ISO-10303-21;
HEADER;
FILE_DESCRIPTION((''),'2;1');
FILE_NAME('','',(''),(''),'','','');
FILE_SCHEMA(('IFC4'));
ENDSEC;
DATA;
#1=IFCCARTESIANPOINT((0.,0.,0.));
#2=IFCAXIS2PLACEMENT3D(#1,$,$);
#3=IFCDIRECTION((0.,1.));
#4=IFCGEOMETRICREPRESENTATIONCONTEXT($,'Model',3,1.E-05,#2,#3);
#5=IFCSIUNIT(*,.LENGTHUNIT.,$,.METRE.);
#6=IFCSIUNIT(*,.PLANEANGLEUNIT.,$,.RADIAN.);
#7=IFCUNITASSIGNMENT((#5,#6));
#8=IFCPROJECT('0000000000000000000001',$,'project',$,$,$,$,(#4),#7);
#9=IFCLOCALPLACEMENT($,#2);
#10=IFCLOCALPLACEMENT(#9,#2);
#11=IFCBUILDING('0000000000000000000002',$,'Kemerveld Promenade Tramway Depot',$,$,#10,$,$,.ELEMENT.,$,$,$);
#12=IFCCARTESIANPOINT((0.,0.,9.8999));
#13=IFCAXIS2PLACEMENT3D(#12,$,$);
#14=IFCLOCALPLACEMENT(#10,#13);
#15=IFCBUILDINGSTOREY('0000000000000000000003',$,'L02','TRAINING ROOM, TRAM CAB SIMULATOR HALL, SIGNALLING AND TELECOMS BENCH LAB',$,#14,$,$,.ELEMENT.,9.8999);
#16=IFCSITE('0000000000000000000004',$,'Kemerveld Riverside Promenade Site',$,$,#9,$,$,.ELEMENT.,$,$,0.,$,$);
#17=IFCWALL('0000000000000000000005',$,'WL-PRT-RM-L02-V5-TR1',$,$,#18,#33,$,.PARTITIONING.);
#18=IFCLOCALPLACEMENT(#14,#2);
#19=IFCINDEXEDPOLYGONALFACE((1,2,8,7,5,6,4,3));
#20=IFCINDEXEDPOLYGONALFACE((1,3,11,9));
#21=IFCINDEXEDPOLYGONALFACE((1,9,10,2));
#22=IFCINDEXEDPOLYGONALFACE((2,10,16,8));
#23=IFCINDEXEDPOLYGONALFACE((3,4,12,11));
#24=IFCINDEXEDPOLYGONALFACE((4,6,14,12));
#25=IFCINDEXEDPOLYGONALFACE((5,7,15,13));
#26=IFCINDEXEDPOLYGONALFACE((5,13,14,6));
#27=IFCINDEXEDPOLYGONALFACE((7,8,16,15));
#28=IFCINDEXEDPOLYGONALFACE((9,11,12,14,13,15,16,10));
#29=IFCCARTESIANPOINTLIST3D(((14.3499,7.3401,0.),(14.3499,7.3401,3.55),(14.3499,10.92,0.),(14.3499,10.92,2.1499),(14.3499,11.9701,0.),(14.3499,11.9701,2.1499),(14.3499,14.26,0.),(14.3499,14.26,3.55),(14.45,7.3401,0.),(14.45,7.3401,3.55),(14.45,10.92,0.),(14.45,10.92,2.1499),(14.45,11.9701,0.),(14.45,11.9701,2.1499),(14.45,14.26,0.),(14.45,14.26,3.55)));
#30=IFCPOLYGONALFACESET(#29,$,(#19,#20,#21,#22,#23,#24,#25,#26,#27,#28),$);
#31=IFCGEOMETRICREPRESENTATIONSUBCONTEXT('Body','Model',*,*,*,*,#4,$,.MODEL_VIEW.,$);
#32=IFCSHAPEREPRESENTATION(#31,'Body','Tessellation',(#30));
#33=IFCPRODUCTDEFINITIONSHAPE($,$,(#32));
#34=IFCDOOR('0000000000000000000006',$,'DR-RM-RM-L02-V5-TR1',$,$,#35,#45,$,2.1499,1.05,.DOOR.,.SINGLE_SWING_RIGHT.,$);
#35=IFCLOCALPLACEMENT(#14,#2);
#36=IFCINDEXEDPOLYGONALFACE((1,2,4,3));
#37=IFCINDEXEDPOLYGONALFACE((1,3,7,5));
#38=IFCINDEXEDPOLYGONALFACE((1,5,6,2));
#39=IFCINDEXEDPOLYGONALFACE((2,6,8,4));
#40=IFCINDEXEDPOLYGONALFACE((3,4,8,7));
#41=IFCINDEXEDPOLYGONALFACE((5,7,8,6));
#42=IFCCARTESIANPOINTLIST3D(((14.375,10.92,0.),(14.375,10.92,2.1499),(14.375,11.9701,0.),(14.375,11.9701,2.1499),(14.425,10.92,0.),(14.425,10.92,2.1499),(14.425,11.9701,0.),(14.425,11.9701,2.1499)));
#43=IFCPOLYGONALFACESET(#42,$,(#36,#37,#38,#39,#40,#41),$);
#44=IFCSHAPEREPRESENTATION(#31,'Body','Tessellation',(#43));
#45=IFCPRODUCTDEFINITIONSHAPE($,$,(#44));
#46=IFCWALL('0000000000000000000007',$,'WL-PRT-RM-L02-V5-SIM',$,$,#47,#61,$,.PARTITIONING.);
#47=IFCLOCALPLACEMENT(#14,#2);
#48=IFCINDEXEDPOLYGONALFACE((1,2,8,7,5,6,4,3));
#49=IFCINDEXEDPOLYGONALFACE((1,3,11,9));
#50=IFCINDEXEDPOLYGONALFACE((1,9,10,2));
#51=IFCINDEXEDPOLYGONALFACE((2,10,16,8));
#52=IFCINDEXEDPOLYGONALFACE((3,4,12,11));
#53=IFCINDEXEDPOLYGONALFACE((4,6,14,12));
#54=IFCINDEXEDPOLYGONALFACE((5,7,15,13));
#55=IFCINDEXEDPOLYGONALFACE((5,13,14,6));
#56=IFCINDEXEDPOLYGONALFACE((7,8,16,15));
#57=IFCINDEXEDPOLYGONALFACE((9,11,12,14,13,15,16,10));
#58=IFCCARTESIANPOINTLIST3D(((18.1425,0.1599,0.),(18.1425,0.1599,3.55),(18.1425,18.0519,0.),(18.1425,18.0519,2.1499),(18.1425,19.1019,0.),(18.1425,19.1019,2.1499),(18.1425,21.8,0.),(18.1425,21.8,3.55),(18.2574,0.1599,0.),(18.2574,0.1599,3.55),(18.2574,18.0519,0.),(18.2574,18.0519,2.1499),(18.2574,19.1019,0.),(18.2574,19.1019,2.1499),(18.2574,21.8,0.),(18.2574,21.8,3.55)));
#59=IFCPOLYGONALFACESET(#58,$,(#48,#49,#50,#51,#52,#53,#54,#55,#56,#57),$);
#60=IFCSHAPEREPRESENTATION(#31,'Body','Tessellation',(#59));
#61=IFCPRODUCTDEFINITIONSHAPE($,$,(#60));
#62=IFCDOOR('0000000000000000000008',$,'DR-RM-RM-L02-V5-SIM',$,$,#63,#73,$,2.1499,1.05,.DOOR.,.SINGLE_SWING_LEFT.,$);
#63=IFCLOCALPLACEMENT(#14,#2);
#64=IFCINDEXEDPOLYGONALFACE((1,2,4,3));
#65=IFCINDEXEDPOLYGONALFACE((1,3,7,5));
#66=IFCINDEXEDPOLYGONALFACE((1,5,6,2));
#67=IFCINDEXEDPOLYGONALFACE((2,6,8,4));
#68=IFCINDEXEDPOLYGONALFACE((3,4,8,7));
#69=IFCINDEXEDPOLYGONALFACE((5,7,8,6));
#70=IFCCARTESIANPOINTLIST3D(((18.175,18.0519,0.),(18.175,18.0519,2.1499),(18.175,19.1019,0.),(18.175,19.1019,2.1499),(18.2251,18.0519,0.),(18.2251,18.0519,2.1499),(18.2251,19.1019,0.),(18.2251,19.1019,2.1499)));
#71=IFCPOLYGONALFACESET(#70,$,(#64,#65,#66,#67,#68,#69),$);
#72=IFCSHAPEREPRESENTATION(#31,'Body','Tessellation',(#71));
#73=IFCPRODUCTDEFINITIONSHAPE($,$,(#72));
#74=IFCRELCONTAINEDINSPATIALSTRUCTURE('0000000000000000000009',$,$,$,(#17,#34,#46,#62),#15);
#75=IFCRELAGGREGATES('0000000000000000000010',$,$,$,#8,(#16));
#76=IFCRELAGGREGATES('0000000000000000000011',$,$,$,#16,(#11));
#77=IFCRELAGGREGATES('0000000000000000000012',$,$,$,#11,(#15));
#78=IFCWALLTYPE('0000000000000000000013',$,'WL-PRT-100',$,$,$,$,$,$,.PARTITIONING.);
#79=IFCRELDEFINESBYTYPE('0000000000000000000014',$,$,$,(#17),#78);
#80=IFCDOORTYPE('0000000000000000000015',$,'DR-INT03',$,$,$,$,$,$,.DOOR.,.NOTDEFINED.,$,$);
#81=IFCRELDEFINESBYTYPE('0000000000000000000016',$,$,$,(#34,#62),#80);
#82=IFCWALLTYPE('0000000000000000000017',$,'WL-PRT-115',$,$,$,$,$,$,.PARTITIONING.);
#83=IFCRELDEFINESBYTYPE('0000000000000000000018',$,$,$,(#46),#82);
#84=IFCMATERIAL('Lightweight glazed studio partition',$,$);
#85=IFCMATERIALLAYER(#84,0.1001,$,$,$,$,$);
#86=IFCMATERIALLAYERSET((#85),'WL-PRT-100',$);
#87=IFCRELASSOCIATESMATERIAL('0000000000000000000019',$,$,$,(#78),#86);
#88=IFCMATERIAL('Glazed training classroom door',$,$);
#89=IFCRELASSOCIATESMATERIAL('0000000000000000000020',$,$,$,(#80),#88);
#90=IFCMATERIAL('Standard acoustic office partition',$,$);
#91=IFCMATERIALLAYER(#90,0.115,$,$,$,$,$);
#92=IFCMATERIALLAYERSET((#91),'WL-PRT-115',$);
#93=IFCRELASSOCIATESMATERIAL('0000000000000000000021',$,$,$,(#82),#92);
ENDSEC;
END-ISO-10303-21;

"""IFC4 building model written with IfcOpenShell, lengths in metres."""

from ifc_helpers import new_model, si_unit, direction, frame, frame_2d, origin, place, context, subcontext, project, spatial, rectangle, extrude, material, layer, layer_set, type_object, element, fill, save


model = new_model("IFC4")

# Units and contexts
model_context = context("Model", 3, precision=1e-05, world=origin(), true_north=direction((0.0, 1.0)))
body_context = subcontext(model_context, "Body", "Model", "MODEL_VIEW")
ifc_project = project(units=[si_unit("LENGTHUNIT", "METRE"), si_unit("PLANEANGLEUNIT", "RADIAN")], contexts=[model_context])

# Site, building, storey
site_placement = place(None, origin())
site = spatial("IfcSite", under=ifc_project, at=site_placement, Name="Kemerveld Riverside Promenade Site", CompositionType="ELEMENT", RefElevation=0.0)
building_placement = place(site_placement, origin())
building = spatial("IfcBuilding", under=site, at=building_placement, Name="Kemerveld Promenade Tramway Depot", CompositionType="ELEMENT")
storey_placement = place(building_placement, frame((0.0, 0.0, 9.8999)))
storey = spatial("IfcBuildingStorey", under=building, at=storey_placement, Name="L02", Description="TRAINING ROOM, TRAM CAB SIMULATOR HALL, SIGNALLING AND TELECOMS BENCH LAB", CompositionType="ELEMENT", Elevation=9.8999)

# Shared definitions
ifc_material_1 = material(Name="Lightweight glazed studio partition")
ifc_layer_1 = layer(ifc_material_1, 0.1001)
ifc_layer_set_1 = layer_set([ifc_layer_1], Name="WL-PRT-100")
wall_type_1 = type_object("IfcWallType", Name="WL-PRT-100", PredefinedType="PARTITIONING", material=ifc_layer_set_1)

# Walls, openings, doors
wall_1_placement = place(storey_placement, frame((14.3999, 7.3401, 0.0), z_axis=(0.0, 0.0, 1.0), x_axis=(0.0, 1.0, 0.0)))
wall_1 = element("IfcWall", 1, at=wall_1_placement, inside=storey, type_object=wall_type_1, Name="WL-PRT-RM-L02-V5-TR1", PredefinedType="PARTITIONING", context=body_context, shape_type="SweptSolid", body=[
    extrude(rectangle(XDim=6.9199, YDim=0.1001, at=frame_2d((3.46, 0.0))), origin(), (0.0, 0.0, 1.0), 3.55),
])
opening_1_placement = place(wall_1_placement, frame((3.5801, 0.0, 0.0)))
opening_1 = element("IfcOpeningElement", 2, at=opening_1_placement, cuts=wall_1, PredefinedType="OPENING", context=body_context, shape_type="SweptSolid", body=[
    extrude(rectangle(XDim=1.05, YDim=2.1499, at=frame_2d((0.5249, 1.075))), frame((0.0, 0.0601, 0.0), z_axis=(0.0, -1.0, 0.0), x_axis=(1.0, 0.0, 0.0)), (0.0, 0.0, 1.0), 0.1201),
])
ifc_material_2 = material(Name="Glazed training classroom door")
door_type = type_object("IfcDoorType", Name="DR-INT03", OperationType="NOTDEFINED", PredefinedType="DOOR", material=ifc_material_2)
door_1_placement = place(opening_1_placement, origin())
door_1 = element("IfcDoor", 3, at=door_1_placement, inside=storey, type_object=door_type, Name="DR-RM-RM-L02-V5-TR1", OperationType="SINGLE_SWING_RIGHT", OverallHeight=2.1499, OverallWidth=1.05, PredefinedType="DOOR", context=body_context, shape_type="SweptSolid", body=[
    extrude(rectangle(XDim=1.05, YDim=2.1499, at=frame_2d((0.5249, 1.075))), frame((0.0, 0.0249, 0.0), z_axis=(0.0, -1.0, 0.0), x_axis=(1.0, 0.0, 0.0)), (0.0, 0.0, 1.0), 0.05),
])
fill(opening_1, door_1)
ifc_material_3 = material(Name="Standard acoustic office partition")
ifc_layer_2 = layer(ifc_material_3, 0.115)
ifc_layer_set_2 = layer_set([ifc_layer_2], Name="WL-PRT-115")
wall_type_2 = type_object("IfcWallType", Name="WL-PRT-115", PredefinedType="PARTITIONING", material=ifc_layer_set_2)
wall_2_placement = place(storey_placement, frame((18.2, 0.1599, 0.0), z_axis=(0.0, 0.0, 1.0), x_axis=(0.0, 1.0, 0.0)))
wall_2 = element("IfcWall", 4, at=wall_2_placement, inside=storey, type_object=wall_type_2, Name="WL-PRT-RM-L02-V5-SIM", PredefinedType="PARTITIONING", context=body_context, shape_type="SweptSolid", body=[
    extrude(rectangle(XDim=21.6401, YDim=0.115, at=frame_2d((10.8201, 0.0))), origin(), (0.0, 0.0, 1.0), 3.55),
])
opening_2_placement = place(wall_2_placement, frame((17.8921, 0.0, 0.0)))
opening_2 = element("IfcOpeningElement", 5, at=opening_2_placement, cuts=wall_2, PredefinedType="OPENING", context=body_context, shape_type="SweptSolid", body=[
    extrude(rectangle(XDim=1.05, YDim=2.1499, at=frame_2d((0.5249, 1.075))), frame((0.0, 0.0674, 0.0), z_axis=(0.0, -1.0, 0.0), x_axis=(1.0, 0.0, 0.0)), (0.0, 0.0, 1.0), 0.135),
])
door_2_placement = place(opening_2_placement, origin())
door_2 = element("IfcDoor", 6, at=door_2_placement, inside=storey, type_object=door_type, Name="DR-RM-RM-L02-V5-SIM", OperationType="SINGLE_SWING_LEFT", OverallHeight=2.1499, OverallWidth=1.05, PredefinedType="DOOR", context=body_context, shape_type="SweptSolid", body=[
    extrude(rectangle(XDim=1.05, YDim=2.1499, at=frame_2d((0.5249, 1.075))), frame((0.0, 0.0249, 0.0), z_axis=(0.0, -1.0, 0.0), x_axis=(1.0, 0.0, 0.0)), (0.0, 0.0, 1.0), 0.05),
])
fill(opening_2, door_2)

save(model, "model.ifc")
